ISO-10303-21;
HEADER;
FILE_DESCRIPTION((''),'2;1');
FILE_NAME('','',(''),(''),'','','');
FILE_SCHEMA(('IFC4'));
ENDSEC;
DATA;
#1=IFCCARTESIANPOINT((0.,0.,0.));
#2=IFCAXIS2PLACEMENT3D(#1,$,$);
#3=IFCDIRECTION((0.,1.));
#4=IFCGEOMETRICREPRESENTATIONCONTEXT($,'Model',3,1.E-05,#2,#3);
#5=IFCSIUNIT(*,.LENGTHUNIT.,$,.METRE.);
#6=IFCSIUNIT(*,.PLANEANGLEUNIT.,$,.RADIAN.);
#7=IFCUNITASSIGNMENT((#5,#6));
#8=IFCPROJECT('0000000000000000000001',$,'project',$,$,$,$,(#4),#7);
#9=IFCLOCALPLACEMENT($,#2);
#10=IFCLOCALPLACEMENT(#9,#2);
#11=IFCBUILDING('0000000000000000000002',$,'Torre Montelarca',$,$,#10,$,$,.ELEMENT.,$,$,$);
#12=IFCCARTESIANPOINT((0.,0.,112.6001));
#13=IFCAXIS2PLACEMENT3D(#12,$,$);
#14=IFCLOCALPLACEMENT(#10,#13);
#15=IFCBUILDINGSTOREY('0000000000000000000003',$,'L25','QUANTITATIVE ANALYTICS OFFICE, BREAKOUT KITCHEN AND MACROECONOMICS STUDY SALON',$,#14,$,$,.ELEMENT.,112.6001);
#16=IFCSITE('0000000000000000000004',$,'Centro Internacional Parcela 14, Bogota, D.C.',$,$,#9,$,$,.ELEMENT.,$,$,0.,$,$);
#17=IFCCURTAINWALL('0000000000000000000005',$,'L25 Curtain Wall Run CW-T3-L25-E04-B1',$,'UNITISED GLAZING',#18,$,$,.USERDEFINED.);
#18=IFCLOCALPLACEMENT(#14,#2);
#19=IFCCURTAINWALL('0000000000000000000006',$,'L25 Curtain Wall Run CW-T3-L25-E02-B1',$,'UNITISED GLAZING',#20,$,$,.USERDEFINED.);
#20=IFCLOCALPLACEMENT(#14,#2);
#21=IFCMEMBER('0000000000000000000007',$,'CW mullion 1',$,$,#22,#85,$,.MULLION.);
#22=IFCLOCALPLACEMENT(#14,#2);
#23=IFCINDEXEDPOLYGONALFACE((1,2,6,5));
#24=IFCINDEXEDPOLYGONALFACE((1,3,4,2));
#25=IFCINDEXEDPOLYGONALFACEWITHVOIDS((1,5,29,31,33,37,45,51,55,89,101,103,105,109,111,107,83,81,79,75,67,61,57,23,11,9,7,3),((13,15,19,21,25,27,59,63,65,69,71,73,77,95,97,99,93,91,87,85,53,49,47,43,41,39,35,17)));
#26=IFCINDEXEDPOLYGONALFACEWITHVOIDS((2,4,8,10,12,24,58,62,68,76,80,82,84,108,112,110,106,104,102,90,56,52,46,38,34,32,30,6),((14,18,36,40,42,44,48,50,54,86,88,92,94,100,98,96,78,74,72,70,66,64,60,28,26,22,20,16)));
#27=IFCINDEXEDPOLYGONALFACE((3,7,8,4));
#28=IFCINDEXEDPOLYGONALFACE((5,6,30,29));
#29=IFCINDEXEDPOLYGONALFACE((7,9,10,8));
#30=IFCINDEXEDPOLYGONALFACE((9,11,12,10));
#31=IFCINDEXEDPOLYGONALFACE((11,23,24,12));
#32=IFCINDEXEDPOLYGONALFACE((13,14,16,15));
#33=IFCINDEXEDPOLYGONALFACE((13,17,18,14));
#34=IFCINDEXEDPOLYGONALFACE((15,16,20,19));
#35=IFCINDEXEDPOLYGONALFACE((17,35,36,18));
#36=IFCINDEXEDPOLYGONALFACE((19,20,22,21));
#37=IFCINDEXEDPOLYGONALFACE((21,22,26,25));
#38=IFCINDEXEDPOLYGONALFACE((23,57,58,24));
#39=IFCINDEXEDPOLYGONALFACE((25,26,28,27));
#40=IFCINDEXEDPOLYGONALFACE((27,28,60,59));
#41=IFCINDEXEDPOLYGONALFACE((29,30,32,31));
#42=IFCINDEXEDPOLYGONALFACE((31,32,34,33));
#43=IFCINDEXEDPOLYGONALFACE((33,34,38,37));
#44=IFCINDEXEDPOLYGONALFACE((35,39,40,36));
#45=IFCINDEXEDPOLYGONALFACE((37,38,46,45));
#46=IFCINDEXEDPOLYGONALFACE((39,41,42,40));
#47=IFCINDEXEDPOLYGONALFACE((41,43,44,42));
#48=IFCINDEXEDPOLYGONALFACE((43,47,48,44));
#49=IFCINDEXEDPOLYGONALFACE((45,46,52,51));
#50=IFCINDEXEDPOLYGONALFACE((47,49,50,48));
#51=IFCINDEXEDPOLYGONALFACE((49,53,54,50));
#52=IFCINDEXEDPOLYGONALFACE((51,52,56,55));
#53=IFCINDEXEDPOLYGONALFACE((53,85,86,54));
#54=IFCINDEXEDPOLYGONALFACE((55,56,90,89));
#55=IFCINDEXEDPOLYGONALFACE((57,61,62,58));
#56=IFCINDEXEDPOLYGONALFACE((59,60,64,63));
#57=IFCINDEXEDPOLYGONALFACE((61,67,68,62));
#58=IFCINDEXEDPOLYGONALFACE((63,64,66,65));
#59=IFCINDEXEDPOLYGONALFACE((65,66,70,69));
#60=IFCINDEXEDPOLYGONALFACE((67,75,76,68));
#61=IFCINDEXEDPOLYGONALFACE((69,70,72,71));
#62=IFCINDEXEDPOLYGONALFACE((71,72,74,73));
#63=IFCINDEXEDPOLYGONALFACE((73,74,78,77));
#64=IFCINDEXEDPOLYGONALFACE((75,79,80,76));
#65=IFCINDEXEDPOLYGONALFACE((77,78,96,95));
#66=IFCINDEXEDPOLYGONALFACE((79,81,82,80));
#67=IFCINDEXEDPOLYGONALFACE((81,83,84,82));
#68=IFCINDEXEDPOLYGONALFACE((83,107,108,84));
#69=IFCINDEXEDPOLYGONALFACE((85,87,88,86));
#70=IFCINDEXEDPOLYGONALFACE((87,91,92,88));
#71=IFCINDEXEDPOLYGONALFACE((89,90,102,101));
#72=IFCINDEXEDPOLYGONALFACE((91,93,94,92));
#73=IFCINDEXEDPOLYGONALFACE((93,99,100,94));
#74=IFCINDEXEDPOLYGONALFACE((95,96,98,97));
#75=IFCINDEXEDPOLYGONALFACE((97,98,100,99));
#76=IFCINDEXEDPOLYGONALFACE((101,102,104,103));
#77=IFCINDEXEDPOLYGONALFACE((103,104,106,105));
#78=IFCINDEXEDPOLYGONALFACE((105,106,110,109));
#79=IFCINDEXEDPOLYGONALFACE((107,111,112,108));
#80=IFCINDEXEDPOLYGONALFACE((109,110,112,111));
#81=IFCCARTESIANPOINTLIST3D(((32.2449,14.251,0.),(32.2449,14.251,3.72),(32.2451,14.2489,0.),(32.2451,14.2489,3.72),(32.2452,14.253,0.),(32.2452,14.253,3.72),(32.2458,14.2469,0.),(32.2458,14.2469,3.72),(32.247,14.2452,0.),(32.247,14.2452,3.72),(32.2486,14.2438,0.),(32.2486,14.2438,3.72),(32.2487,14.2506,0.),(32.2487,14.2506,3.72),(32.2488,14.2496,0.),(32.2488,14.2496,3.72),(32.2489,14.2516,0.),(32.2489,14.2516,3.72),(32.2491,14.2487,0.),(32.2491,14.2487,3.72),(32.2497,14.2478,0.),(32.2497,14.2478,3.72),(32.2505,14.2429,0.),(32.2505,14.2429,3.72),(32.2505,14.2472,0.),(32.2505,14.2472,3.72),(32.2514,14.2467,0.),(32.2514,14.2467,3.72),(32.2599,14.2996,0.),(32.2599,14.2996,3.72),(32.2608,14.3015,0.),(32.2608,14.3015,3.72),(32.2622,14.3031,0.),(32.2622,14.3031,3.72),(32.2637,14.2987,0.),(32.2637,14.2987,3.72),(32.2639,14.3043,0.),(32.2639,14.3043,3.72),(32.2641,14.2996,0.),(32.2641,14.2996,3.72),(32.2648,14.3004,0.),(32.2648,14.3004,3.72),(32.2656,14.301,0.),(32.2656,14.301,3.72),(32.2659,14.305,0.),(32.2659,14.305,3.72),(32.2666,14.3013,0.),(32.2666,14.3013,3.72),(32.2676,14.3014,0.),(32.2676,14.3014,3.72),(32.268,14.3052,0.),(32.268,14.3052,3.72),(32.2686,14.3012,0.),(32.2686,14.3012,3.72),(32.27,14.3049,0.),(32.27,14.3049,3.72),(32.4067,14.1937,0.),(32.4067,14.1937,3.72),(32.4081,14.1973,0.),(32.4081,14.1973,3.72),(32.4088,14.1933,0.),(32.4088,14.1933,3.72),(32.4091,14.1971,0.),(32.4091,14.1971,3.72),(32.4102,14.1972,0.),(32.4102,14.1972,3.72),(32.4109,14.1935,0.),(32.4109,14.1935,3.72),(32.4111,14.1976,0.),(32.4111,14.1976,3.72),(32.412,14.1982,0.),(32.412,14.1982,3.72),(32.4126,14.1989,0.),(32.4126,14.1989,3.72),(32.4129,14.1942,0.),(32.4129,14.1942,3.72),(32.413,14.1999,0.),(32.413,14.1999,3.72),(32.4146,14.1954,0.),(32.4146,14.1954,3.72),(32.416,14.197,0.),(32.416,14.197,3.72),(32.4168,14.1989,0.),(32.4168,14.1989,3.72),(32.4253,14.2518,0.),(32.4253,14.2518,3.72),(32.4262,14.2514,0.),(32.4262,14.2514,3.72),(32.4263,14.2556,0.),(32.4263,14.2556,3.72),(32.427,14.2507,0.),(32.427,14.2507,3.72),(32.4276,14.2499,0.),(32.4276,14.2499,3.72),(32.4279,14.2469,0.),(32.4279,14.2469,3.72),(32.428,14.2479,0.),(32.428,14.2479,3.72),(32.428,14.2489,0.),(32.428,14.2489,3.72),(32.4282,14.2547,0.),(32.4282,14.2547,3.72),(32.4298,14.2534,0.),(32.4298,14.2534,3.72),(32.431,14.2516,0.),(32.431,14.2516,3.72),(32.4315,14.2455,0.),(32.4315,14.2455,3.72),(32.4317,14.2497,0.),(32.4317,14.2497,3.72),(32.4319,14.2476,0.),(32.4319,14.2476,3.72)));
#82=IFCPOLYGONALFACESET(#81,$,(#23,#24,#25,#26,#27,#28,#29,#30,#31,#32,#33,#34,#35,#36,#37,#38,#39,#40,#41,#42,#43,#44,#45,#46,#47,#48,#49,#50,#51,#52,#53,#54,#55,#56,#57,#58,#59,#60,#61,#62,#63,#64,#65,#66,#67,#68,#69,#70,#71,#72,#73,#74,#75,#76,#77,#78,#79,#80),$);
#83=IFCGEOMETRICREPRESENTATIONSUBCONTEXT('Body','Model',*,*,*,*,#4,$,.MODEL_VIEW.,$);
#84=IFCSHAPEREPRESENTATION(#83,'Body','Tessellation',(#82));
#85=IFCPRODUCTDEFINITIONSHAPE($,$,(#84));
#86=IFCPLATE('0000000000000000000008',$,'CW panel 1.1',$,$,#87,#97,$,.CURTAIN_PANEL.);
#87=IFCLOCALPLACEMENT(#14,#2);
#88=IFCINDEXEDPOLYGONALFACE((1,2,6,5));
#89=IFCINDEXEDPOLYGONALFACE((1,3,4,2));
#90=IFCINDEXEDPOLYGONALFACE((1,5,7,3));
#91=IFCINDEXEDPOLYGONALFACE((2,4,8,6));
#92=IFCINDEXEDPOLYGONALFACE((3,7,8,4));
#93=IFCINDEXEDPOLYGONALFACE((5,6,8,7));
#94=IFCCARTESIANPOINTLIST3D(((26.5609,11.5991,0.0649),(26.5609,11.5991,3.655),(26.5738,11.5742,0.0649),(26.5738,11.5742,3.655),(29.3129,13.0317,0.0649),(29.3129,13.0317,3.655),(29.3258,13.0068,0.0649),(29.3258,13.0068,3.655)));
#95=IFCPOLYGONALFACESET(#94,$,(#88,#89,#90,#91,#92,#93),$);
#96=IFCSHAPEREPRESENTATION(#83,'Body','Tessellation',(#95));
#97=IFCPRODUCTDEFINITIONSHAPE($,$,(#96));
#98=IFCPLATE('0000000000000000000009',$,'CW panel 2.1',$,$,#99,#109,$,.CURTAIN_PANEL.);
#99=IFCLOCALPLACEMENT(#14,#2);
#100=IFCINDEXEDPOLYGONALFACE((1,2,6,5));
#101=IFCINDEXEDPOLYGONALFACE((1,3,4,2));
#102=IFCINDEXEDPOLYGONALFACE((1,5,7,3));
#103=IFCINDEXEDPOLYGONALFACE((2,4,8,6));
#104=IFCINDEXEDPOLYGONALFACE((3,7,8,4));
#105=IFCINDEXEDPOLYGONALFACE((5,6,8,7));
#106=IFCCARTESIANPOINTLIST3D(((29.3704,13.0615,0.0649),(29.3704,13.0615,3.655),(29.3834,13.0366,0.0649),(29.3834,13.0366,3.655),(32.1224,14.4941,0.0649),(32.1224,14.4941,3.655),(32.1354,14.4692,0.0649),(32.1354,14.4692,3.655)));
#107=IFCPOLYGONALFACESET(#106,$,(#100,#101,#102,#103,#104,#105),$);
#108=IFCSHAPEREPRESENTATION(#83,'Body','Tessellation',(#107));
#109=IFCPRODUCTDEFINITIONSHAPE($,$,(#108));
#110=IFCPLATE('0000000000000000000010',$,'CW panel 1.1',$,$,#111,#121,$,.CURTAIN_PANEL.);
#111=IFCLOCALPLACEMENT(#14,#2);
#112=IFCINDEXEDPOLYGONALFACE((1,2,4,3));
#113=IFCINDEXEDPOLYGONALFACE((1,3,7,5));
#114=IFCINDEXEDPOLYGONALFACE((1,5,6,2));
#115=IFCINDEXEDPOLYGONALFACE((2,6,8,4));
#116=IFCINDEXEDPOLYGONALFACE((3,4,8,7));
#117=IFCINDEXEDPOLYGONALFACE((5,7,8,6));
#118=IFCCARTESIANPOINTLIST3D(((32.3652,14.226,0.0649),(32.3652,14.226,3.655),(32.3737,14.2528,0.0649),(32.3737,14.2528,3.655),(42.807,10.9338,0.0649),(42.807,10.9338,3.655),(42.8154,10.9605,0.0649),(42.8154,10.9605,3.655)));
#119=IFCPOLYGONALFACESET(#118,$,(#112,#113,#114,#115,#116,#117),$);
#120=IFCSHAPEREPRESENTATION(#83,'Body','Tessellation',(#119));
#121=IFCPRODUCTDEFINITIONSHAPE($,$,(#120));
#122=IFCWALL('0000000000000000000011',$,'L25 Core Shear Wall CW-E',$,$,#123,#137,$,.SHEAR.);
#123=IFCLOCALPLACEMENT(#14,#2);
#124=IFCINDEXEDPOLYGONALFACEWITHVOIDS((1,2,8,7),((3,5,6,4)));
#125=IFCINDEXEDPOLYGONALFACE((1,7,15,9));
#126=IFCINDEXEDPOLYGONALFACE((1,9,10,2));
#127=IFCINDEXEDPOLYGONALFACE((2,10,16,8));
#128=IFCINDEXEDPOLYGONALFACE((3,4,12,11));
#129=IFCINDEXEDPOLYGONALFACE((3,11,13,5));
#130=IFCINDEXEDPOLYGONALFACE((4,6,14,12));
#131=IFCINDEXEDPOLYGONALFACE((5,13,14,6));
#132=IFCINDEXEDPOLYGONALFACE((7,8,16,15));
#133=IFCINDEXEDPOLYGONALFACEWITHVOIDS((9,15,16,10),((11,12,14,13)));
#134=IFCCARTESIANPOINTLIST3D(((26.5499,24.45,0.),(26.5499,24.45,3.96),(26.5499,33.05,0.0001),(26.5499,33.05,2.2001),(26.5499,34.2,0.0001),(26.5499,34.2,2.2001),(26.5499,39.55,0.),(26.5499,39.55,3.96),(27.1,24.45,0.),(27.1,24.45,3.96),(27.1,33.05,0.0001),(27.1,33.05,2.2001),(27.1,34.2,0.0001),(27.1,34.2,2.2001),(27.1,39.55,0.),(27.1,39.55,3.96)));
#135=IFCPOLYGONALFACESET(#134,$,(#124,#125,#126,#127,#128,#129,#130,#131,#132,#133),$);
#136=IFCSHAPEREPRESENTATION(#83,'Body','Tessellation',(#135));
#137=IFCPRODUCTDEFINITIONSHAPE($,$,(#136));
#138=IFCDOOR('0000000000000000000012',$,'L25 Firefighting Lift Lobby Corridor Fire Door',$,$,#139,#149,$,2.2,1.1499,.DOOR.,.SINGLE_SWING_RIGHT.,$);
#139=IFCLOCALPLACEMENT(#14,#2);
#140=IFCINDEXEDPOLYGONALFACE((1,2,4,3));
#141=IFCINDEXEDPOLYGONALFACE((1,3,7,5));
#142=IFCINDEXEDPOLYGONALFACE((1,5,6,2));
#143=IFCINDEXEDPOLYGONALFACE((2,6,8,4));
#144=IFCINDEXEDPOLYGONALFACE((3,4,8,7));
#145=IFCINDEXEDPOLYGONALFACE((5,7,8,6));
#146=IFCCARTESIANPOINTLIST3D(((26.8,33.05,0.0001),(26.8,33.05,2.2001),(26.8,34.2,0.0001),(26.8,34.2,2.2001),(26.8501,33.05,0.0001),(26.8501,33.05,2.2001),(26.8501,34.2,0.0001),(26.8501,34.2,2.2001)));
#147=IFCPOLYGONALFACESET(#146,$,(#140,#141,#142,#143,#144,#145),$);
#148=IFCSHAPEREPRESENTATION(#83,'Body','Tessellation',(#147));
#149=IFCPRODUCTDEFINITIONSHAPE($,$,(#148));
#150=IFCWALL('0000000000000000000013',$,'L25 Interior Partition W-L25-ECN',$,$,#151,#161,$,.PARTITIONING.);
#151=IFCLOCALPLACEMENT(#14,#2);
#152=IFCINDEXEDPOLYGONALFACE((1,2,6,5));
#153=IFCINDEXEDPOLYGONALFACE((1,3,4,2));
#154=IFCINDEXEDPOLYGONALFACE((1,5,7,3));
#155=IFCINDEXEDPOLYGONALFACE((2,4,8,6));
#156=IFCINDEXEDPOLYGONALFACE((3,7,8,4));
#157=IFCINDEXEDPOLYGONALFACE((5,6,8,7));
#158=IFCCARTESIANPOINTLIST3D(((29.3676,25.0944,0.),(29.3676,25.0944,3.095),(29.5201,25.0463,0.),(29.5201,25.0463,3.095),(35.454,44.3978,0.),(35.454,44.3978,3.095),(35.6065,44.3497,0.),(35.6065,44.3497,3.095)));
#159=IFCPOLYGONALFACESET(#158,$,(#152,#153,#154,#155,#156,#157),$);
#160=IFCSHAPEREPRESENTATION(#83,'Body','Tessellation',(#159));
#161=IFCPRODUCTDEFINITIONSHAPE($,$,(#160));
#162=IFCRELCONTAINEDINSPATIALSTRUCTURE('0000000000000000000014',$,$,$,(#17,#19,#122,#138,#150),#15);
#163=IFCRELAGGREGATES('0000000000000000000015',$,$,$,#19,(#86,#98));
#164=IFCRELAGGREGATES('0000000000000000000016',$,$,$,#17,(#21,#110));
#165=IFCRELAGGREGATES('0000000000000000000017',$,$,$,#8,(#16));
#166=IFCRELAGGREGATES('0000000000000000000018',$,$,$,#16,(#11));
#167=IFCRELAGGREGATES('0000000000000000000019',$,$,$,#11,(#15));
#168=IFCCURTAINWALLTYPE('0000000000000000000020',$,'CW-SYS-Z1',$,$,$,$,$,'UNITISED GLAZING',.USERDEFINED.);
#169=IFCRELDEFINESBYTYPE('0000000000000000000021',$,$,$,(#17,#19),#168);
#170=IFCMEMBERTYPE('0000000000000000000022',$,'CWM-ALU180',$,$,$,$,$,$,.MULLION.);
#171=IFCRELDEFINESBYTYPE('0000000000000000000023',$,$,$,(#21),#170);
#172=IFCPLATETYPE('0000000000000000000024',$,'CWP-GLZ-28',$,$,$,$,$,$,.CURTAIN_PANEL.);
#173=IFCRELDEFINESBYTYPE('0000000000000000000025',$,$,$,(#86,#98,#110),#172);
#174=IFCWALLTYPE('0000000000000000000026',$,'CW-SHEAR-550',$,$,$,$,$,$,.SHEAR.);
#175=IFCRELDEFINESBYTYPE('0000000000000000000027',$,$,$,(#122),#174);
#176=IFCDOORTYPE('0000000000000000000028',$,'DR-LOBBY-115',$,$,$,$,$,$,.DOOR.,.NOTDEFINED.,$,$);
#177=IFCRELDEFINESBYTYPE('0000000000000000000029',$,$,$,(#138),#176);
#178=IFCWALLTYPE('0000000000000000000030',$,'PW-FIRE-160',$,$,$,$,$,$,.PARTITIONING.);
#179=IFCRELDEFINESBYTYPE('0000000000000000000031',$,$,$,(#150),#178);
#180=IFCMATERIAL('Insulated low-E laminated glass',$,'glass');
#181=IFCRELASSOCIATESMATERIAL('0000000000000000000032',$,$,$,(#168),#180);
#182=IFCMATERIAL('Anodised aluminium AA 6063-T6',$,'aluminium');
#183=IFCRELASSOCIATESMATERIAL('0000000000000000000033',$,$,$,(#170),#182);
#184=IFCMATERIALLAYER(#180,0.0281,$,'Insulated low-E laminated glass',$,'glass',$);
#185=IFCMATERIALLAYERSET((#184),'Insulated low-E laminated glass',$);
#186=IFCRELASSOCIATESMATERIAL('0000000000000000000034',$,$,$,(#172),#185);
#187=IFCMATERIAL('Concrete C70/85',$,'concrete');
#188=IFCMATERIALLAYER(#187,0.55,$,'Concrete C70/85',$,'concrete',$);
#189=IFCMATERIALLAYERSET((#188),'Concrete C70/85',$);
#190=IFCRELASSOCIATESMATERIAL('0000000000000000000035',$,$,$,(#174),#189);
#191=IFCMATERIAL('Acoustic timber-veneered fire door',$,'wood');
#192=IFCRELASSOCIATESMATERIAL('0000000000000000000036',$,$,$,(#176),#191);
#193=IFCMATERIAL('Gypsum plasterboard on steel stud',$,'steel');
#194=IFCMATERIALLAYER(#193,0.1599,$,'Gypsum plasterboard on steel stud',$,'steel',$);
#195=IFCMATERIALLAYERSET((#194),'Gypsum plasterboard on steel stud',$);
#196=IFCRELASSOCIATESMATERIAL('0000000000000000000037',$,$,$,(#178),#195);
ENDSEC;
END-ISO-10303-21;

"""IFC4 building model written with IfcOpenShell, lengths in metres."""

from ifc_helpers import new_model, si_unit, direction, frame, frame_2d, origin, origin_2d, place, context, subcontext, project, spatial, rectangle, hollow_rectangle, extrude, source, transform, mapped, material, layer, layer_set, material_profile, profile_set, type_object, element, fill, aggregate, save


model = new_model("IFC4")

# Units and contexts
model_context = context("Model", 3, precision=1e-05, world=origin(), true_north=direction((0.0, 1.0)))
body_context = subcontext(model_context, "Body", "Model", "MODEL_VIEW")
ifc_project = project(units=[si_unit("LENGTHUNIT", "METRE"), si_unit("PLANEANGLEUNIT", "RADIAN")], contexts=[model_context])

# Site, building, storey
site_placement = place(None, origin())
site = spatial("IfcSite", under=ifc_project, at=site_placement, Name="Centro Internacional Parcela 14, Bogota, D.C.", CompositionType="ELEMENT", RefElevation=0.0)
building_placement = place(site_placement, origin())
building = spatial("IfcBuilding", under=site, at=building_placement, Name="Torre Montelarca", CompositionType="ELEMENT")
storey_placement = place(building_placement, frame((0.0, 0.0, 112.6001)))
storey = spatial("IfcBuildingStorey", under=building, at=storey_placement, Name="L25", Description="QUANTITATIVE ANALYTICS OFFICE, BREAKOUT KITCHEN AND MACROECONOMICS STUDY SALON", CompositionType="ELEMENT", Elevation=112.6001)

# Shared definitions
ifc_material_1 = material(Name="Concrete C70/85", Category="concrete")

# Curtain walls
ifc_material_2 = material(Name="Insulated low-E laminated glass", Category="glass")
curtain_wall_type = type_object("IfcCurtainWallType", Name="CW-SYS-Z1", ElementType="UNITISED GLAZING", PredefinedType="USERDEFINED", material=ifc_material_2)
curtain_wall_1_placement = place(storey_placement, origin())
curtain_wall_1 = element("IfcCurtainWall", 1, at=curtain_wall_1_placement, inside=storey, type_object=curtain_wall_type, Name="L25 Curtain Wall Run CW-T3-L25-E04-B1", ObjectType="UNITISED GLAZING", PredefinedType="USERDEFINED")
ifc_material_3 = material(Name="Anodised aluminium AA 6063-T6", Category="aluminium")
curtain_wall_2_placement = place(storey_placement, origin())
curtain_wall_2 = element("IfcCurtainWall", 2, at=curtain_wall_2_placement, inside=storey, type_object=curtain_wall_type, Name="L25 Curtain Wall Run CW-T3-L25-E02-B1", ObjectType="UNITISED GLAZING", PredefinedType="USERDEFINED")
ifc_material_profile_1 = material_profile(ifc_material_3, hollow_rectangle(XDim=0.0649, YDim=0.1799, WallThickness=0.0039, InnerFilletRadius=0.0039, OuterFilletRadius=0.0081, at=origin_2d()), Name="ALU65X180X4", Category="aluminium")
ifc_profile_set_1 = profile_set([ifc_material_profile_1], Name="Anodised aluminium AA 6063-T6")
member_type_1 = type_object("IfcMemberType", Name="CWM-ALU180", PredefinedType="MULLION", material=ifc_profile_set_1)
shared_shape_1 = source(origin(), body_context, "Body", "SweptSolid", [
    extrude(hollow_rectangle(XDim=0.0649, YDim=0.1799, WallThickness=0.0039, InnerFilletRadius=0.0039, OuterFilletRadius=0.0081, at=origin_2d()), origin(), (0.0, 0.0, 1.0), 3.72),
])

# Member
member_1_placement = place(storey_placement, frame((32.3384, 14.2493, 0.0), z_axis=(0.0, 0.0, 1.0), x_axis=(0.300701, 0.953719, 0.0)))
member_1 = element("IfcMember", 3, at=member_1_placement, type_object=member_type_1, Name="CW mullion 1", PredefinedType="MULLION", context=body_context, shape_type="MappedRepresentation", body=[
    mapped(shared_shape_1, transform((0.0, 0.0, 0.0), scale=1.0)),
])

# Plates
ifc_layer_1 = layer(ifc_material_2, 0.0281, Name="Insulated low-E laminated glass", Category="glass")
ifc_layer_set_1 = layer_set([ifc_layer_1], Name="Insulated low-E laminated glass")
plate_type = type_object("IfcPlateType", Name="CWP-GLZ-28", PredefinedType="CURTAIN_PANEL", material=ifc_layer_set_1)
shared_shape_2 = source(origin(), body_context, "Body", "SweptSolid", [
    extrude(rectangle(XDim=3.1025, YDim=0.0281, at=origin_2d()), origin(), (0.0, 0.0, 1.0), 3.5901),
])
plate_1_placement = place(storey_placement, frame((27.9434, 12.303, 0.0649), z_axis=(0.0, 0.0, 1.0), x_axis=(0.887015, 0.461741, 0.0)))
plate_1 = element("IfcPlate", 4, at=plate_1_placement, type_object=plate_type, Name="CW panel 1.1", PredefinedType="CURTAIN_PANEL", context=body_context, shape_type="MappedRepresentation", body=[
    mapped(shared_shape_2, transform((0.0, 0.0, 0.0), scale=1.0)),
])
plate_2_placement = place(storey_placement, frame((30.7529, 13.7654, 0.0649), z_axis=(0.0, 0.0, 1.0), x_axis=(0.887015, 0.461741, 0.0)))
plate_2 = element("IfcPlate", 5, at=plate_2_placement, type_object=plate_type, Name="CW panel 2.1", PredefinedType="CURTAIN_PANEL", context=body_context, shape_type="MappedRepresentation", body=[
    mapped(shared_shape_2, transform((0.0, 0.0, 0.0), scale=1.0)),
])
aggregate(curtain_wall_2, [plate_1, plate_2])
shared_shape_3 = source(origin(), body_context, "Body", "SweptSolid", [
    extrude(rectangle(XDim=10.9485, YDim=0.0281, at=origin_2d()), origin(), (0.0, 0.0, 1.0), 3.5901),
])
plate_3_placement = place(storey_placement, frame((37.5903, 12.5933, 0.0649), z_axis=(0.0, 0.0, 1.0), x_axis=(0.953719, -0.300701, 0.0)))
plate_3 = element("IfcPlate", 6, at=plate_3_placement, type_object=plate_type, Name="CW panel 1.1", PredefinedType="CURTAIN_PANEL", context=body_context, shape_type="MappedRepresentation", body=[
    mapped(shared_shape_3, transform((0.0, 0.0, 0.0), scale=1.0)),
])
aggregate(curtain_wall_1, [member_1, plate_3])

# Wall, opening, door
ifc_layer_2 = layer(ifc_material_1, 0.55, Name="Concrete C70/85", Category="concrete")
ifc_layer_set_2 = layer_set([ifc_layer_2], Name="Concrete C70/85")
wall_type_1 = type_object("IfcWallType", Name="CW-SHEAR-550", PredefinedType="SHEAR", material=ifc_layer_set_2)
wall_1_placement = place(storey_placement, frame((26.825, 24.45, 0.0), z_axis=(0.0, 0.0, 1.0), x_axis=(0.0, 1.0, 0.0)))
wall_1 = element("IfcWall", 7, at=wall_1_placement, inside=storey, type_object=wall_type_1, Name="L25 Core Shear Wall CW-E", PredefinedType="SHEAR", context=body_context, shape_type="SweptSolid", body=[
    extrude(rectangle(XDim=15.1001, YDim=0.55, at=frame_2d((7.55, 0.0))), origin(), (0.0, 0.0, 1.0), 3.96),
])
opening_1_placement = place(wall_1_placement, frame((8.6001, 0.0, 0.0)))
opening_1 = element("IfcOpeningElement", 8, at=opening_1_placement, cuts=wall_1, PredefinedType="OPENING", context=body_context, shape_type="SweptSolid", body=[
    extrude(rectangle(XDim=1.1499, YDim=2.2, at=frame_2d((0.575, 1.1001))), frame((0.0, 0.2852, 0.0), z_axis=(0.0, -1.0, 0.0), x_axis=(1.0, 0.0, 0.0)), (0.0, 0.0, 1.0), 0.5701),
])
ifc_material_4 = material(Name="Acoustic timber-veneered fire door", Category="wood")
door_type_1 = type_object("IfcDoorType", Name="DR-LOBBY-115", OperationType="NOTDEFINED", PredefinedType="DOOR", material=ifc_material_4)
shared_shape_4 = source(origin(), body_context, "Body", "SweptSolid", [
    extrude(rectangle(XDim=1.1499, YDim=2.2, at=frame_2d((0.575, 1.1001))), frame((0.0, 0.0249, 0.0), z_axis=(0.0, -1.0, 0.0), x_axis=(1.0, 0.0, 0.0)), (0.0, 0.0, 1.0), 0.05),
])
door_1_placement = place(opening_1_placement, origin())
door_1 = element("IfcDoor", 9, at=door_1_placement, inside=storey, type_object=door_type_1, Name="L25 Firefighting Lift Lobby Corridor Fire Door", OperationType="SINGLE_SWING_RIGHT", OverallHeight=2.2, OverallWidth=1.1499, PredefinedType="DOOR", context=body_context, shape_type="MappedRepresentation", body=[
    mapped(shared_shape_4, transform((0.0, 0.0, 0.0), scale=1.0)),
])
fill(opening_1, door_1)

# Wall
ifc_material_5 = material(Name="Gypsum plasterboard on steel stud", Category="steel")
ifc_layer_3 = layer(ifc_material_5, 0.1599, Name="Gypsum plasterboard on steel stud", Category="steel")
ifc_layer_set_3 = layer_set([ifc_layer_3], Name="Gypsum plasterboard on steel stud")
wall_type_2 = type_object("IfcWallType", Name="PW-FIRE-160", PredefinedType="PARTITIONING", material=ifc_layer_set_3)
wall_2_placement = place(storey_placement, frame((29.4438, 25.0703, 0.0), z_axis=(0.0, 0.0, 1.0), x_axis=(0.300709, 0.953716, 0.0)))
element("IfcWall", 10, at=wall_2_placement, inside=storey, type_object=wall_type_2, Name="L25 Interior Partition W-L25-ECN", PredefinedType="PARTITIONING", context=body_context, shape_type="SweptSolid", body=[
    extrude(rectangle(XDim=20.2402, YDim=0.1599, at=frame_2d((10.1201, 0.0))), origin(), (0.0, 0.0, 1.0), 3.095),
])

save(model, "model.ifc")
